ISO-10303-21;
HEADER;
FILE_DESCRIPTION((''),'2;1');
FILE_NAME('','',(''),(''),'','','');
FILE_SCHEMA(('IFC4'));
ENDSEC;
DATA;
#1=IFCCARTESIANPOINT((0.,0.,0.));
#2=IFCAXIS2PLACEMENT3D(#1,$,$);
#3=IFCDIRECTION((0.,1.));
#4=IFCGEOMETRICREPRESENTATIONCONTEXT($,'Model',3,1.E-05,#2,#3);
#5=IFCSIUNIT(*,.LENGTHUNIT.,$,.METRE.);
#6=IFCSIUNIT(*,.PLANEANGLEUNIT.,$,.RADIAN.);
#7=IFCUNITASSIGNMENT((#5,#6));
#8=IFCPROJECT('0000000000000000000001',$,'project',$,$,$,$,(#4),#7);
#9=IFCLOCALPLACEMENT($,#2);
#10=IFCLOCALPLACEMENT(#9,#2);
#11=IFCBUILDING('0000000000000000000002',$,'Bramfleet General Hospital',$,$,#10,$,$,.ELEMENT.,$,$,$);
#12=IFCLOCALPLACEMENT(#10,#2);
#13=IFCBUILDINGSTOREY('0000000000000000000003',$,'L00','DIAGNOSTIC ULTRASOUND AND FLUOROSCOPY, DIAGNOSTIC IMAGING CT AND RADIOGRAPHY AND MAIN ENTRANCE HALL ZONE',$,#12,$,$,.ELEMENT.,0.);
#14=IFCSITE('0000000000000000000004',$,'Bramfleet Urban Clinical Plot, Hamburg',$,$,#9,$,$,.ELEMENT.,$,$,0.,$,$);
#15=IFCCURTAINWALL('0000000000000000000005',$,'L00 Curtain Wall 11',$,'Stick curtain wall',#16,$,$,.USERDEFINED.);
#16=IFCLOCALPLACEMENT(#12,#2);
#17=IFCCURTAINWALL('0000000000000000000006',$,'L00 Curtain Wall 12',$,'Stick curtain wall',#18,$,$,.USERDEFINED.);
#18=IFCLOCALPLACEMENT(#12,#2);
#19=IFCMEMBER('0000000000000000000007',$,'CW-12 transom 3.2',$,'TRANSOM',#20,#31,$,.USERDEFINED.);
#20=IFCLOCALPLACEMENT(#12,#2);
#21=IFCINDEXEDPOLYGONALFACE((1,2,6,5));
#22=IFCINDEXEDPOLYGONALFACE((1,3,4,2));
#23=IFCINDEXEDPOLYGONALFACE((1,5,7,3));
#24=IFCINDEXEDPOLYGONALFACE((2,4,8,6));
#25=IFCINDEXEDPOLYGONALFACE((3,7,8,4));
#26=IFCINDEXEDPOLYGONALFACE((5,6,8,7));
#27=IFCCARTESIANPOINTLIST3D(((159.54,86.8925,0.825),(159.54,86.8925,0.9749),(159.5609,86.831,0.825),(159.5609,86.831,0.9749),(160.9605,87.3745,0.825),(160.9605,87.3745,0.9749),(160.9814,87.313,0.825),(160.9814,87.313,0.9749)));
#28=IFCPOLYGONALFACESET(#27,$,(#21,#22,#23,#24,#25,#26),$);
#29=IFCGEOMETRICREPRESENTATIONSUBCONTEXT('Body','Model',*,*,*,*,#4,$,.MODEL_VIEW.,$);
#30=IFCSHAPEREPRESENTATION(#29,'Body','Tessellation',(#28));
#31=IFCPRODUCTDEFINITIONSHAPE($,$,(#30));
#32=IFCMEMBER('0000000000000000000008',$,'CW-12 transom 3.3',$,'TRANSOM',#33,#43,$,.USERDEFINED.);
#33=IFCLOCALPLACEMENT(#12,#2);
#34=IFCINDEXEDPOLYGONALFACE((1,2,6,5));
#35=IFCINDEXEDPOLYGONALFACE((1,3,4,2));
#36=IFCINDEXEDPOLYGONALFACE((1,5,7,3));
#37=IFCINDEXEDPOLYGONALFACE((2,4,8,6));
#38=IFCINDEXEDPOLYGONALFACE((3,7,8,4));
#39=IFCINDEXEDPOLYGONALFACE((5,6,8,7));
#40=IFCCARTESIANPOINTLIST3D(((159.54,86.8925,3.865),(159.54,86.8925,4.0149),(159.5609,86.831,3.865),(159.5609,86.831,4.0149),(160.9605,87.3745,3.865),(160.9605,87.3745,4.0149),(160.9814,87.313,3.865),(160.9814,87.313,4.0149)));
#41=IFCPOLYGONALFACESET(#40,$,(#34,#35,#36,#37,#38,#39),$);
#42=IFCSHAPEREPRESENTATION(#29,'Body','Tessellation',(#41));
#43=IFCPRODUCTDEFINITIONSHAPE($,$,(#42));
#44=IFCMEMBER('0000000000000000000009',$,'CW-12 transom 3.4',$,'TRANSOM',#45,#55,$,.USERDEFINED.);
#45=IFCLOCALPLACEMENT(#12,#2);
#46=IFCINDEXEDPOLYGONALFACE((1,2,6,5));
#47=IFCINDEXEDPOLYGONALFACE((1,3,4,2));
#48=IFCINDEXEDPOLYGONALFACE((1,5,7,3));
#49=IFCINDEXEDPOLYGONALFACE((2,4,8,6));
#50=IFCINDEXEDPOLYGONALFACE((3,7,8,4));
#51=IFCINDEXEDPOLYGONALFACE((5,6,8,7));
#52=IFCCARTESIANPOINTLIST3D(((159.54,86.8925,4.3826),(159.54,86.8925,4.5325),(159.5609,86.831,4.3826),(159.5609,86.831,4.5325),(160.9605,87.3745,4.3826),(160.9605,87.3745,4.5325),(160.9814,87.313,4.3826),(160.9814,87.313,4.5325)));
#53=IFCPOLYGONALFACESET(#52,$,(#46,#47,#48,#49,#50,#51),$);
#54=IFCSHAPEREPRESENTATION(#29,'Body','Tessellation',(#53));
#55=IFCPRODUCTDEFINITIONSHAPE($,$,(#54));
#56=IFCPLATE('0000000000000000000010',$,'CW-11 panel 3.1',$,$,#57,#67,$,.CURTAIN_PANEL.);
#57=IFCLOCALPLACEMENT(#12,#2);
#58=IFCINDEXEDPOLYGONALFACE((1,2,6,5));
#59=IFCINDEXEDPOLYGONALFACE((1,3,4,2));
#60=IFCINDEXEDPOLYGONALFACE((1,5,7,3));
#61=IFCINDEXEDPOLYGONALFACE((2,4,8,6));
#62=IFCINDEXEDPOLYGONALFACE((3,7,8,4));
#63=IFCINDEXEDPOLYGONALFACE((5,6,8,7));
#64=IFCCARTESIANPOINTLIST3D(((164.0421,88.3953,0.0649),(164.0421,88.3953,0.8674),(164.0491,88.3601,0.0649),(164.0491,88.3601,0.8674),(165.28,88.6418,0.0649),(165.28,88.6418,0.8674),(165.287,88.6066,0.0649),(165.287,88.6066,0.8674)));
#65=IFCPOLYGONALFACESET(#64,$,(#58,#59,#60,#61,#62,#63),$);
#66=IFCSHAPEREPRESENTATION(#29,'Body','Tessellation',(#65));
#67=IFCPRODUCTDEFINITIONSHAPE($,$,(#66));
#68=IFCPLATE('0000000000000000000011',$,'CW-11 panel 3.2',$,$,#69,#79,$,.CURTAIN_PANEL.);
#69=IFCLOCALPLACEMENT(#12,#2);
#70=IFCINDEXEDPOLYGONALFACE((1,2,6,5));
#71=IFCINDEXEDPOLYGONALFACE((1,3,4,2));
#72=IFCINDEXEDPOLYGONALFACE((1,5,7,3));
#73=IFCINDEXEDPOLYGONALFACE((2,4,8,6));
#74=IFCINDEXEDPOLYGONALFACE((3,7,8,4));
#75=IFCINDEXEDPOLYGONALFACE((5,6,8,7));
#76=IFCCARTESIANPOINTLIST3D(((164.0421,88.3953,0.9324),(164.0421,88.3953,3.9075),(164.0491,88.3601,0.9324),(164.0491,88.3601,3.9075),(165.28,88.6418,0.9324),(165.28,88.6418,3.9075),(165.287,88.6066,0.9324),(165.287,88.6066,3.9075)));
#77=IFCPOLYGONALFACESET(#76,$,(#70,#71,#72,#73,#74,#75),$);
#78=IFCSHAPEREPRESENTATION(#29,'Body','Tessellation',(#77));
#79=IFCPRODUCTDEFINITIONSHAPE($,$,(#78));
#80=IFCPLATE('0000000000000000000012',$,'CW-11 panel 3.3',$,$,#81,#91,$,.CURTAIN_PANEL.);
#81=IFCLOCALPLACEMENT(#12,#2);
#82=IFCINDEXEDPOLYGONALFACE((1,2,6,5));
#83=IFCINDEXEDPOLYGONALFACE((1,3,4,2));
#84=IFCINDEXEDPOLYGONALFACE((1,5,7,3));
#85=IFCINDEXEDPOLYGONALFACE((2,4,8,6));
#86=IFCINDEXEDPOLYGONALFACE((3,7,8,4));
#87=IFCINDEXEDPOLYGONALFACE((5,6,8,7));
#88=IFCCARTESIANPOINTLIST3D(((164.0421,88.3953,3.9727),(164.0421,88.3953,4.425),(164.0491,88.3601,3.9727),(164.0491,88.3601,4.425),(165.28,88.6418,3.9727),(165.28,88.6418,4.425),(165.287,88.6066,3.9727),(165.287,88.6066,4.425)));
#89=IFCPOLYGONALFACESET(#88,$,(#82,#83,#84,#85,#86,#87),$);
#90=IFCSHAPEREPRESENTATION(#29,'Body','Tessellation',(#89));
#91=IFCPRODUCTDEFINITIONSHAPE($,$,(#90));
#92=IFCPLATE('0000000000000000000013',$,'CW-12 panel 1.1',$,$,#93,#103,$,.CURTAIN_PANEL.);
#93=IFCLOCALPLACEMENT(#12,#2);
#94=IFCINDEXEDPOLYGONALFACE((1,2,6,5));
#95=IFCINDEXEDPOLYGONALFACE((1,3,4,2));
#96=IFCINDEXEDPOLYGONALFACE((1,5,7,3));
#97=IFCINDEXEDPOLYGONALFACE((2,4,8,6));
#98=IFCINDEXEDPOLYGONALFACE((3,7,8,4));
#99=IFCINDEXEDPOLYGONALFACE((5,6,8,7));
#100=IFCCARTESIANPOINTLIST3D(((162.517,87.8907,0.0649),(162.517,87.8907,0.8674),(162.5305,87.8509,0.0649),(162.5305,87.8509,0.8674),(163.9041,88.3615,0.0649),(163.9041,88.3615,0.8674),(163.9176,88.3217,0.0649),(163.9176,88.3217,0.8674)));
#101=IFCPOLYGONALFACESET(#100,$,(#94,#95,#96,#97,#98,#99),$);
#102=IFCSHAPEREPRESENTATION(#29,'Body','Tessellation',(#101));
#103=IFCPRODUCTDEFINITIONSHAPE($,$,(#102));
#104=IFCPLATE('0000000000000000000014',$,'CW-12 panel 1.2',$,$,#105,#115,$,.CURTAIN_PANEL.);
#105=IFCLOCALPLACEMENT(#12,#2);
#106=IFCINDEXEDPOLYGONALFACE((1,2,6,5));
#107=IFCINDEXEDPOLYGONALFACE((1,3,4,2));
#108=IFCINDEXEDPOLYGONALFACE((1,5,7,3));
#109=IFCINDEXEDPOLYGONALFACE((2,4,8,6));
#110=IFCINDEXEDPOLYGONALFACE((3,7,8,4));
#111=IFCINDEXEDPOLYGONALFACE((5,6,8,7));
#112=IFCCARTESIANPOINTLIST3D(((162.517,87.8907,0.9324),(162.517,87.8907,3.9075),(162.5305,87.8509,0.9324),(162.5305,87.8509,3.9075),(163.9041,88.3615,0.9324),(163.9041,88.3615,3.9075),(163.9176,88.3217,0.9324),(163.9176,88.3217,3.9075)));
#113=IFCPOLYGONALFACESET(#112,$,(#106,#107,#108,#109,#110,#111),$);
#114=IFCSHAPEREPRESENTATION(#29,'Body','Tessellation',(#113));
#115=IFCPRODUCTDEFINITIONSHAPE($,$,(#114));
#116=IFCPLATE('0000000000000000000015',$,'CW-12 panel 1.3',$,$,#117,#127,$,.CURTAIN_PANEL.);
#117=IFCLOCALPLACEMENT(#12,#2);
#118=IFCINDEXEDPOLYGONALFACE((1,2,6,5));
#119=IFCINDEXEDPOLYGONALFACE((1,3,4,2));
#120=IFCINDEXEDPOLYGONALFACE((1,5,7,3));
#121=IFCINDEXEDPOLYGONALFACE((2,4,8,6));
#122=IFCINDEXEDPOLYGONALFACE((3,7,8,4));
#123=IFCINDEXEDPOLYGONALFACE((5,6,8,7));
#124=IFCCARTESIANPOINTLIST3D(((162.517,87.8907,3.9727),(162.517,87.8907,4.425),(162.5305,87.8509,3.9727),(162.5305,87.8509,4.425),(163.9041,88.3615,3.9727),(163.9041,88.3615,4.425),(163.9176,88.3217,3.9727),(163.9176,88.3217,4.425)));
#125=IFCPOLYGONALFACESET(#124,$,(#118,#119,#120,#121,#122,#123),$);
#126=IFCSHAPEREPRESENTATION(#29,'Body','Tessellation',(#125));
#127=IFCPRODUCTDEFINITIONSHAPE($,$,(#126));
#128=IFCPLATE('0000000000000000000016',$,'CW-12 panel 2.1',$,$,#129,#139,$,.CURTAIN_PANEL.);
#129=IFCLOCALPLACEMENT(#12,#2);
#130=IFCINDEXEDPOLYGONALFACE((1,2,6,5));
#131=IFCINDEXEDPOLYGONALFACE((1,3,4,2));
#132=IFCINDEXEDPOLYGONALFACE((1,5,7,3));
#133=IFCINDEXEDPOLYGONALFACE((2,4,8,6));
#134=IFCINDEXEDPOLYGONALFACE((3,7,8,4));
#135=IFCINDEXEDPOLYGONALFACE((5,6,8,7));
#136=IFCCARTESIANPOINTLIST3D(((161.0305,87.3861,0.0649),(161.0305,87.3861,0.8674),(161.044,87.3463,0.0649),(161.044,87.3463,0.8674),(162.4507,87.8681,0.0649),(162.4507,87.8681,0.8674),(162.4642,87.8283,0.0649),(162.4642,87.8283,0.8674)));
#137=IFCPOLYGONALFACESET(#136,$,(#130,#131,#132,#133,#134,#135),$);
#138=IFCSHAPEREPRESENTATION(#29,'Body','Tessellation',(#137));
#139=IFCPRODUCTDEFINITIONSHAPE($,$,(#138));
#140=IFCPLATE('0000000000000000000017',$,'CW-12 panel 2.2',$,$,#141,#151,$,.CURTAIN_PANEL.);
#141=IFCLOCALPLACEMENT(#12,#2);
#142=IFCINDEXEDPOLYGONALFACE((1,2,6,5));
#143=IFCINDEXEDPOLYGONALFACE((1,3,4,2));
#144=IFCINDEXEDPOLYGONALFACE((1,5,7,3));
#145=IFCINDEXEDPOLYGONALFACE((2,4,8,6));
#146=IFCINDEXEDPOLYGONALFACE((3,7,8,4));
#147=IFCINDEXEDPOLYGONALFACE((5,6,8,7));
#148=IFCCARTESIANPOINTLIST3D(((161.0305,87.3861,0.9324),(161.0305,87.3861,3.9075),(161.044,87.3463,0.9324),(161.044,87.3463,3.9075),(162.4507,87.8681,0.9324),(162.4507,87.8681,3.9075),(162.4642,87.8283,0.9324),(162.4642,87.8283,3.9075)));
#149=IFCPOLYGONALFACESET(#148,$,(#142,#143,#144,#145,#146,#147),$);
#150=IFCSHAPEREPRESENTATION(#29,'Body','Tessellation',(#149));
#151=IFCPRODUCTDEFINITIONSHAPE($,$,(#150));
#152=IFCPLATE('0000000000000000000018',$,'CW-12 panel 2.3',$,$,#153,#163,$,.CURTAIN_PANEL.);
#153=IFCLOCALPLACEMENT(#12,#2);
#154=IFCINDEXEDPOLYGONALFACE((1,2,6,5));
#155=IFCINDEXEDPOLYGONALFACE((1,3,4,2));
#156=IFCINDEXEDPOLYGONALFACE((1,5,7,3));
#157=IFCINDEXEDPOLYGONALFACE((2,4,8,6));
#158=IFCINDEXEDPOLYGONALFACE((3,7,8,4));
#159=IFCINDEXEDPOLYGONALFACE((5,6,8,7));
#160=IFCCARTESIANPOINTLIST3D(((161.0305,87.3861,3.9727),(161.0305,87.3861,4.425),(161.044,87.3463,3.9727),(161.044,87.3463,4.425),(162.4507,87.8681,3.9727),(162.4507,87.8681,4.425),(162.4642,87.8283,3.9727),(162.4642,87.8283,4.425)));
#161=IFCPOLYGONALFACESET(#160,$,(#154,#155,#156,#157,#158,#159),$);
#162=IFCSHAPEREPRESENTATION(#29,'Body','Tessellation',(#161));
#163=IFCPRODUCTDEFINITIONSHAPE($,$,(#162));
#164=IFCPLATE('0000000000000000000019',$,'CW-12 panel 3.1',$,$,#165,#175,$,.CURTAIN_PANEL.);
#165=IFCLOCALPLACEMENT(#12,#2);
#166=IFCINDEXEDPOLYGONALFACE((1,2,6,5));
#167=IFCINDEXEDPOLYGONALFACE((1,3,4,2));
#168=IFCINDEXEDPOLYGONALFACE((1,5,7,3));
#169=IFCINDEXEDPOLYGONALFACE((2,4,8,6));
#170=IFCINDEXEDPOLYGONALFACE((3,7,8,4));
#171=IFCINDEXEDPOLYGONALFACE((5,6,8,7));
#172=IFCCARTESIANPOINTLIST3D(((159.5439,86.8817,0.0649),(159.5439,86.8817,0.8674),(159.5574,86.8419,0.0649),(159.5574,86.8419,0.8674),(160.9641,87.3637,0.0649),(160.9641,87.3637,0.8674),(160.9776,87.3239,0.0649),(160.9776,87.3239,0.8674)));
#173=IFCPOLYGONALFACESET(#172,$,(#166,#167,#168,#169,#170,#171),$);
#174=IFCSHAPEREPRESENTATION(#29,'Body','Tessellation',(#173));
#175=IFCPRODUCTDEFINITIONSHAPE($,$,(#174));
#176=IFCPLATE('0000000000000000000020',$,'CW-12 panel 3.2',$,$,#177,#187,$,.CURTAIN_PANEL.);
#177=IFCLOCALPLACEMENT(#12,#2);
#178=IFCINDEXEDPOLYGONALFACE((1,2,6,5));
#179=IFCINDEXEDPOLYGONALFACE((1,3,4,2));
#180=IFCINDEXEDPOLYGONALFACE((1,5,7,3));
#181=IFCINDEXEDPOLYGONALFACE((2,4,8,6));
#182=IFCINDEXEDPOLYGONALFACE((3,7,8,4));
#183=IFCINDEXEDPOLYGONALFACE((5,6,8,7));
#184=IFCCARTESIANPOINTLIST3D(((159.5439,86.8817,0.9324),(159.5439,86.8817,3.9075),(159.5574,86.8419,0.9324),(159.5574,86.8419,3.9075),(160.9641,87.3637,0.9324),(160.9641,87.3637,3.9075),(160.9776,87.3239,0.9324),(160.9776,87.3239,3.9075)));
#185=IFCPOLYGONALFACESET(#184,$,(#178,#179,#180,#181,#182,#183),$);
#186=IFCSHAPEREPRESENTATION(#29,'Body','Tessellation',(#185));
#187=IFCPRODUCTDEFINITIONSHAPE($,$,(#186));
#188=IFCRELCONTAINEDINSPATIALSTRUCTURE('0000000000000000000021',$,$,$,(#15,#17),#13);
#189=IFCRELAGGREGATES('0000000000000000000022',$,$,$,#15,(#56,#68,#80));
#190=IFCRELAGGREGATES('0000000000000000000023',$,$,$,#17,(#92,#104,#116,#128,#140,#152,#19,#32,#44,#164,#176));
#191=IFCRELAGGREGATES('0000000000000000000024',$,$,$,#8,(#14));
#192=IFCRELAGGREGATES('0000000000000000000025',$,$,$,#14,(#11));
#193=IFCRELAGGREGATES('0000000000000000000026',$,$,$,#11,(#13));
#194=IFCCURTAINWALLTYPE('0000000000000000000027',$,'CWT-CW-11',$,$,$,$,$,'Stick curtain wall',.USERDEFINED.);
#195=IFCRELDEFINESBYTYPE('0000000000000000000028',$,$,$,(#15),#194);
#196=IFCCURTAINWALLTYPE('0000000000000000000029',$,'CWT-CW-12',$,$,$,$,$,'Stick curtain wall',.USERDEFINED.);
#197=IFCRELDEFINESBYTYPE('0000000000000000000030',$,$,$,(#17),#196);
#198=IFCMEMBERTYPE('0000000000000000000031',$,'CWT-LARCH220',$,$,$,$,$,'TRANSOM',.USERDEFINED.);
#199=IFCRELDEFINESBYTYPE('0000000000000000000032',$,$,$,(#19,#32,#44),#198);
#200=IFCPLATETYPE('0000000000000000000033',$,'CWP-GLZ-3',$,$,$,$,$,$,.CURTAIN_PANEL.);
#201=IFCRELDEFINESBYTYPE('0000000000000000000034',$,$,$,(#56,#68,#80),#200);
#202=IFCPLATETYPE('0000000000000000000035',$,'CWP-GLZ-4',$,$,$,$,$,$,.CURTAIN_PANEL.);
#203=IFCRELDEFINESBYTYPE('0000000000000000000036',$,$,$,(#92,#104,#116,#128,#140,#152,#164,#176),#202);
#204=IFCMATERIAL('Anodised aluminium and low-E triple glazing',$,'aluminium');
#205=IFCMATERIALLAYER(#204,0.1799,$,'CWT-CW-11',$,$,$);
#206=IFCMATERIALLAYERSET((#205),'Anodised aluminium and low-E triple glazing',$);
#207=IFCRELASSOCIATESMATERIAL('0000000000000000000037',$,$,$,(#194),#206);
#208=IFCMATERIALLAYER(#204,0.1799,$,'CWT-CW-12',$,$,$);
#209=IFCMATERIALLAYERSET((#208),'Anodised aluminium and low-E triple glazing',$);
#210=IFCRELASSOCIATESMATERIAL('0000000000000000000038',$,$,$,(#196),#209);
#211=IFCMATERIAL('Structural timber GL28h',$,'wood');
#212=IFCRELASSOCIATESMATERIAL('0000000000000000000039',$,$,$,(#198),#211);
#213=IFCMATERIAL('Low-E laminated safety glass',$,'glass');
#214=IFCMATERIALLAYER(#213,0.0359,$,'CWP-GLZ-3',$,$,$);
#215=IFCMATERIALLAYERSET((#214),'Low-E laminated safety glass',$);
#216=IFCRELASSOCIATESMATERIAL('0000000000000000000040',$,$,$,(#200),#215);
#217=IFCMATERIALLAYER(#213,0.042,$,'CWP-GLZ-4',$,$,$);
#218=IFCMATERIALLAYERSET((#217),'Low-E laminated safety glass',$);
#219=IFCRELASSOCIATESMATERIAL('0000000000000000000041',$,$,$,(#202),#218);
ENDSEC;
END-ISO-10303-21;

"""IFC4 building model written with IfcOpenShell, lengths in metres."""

from ifc_helpers import new_model, si_unit, direction, frame, origin, origin_2d, place, context, subcontext, project, spatial, rectangle, extrude, material, layer, layer_set, material_profile, profile_set, type_object, element, aggregate, save


model = new_model("IFC4")

# Units and contexts
model_context = context("Model", 3, precision=1e-05, world=origin(), true_north=direction((0.0, 1.0)))
body_context = subcontext(model_context, "Body", "Model", "MODEL_VIEW")
ifc_project = project(units=[si_unit("LENGTHUNIT", "METRE"), si_unit("PLANEANGLEUNIT", "RADIAN")], contexts=[model_context])

# Site, building, storey
site_placement = place(None, origin())
site = spatial("IfcSite", under=ifc_project, at=site_placement, Name="Bramfleet Urban Clinical Plot, Hamburg", CompositionType="ELEMENT", RefElevation=0.0)
building_placement = place(site_placement, origin())
building = spatial("IfcBuilding", under=site, at=building_placement, Name="Bramfleet General Hospital", CompositionType="ELEMENT")
storey_placement = place(building_placement, origin())
storey = spatial("IfcBuildingStorey", under=building, at=storey_placement, Name="L00", Description="DIAGNOSTIC ULTRASOUND AND FLUOROSCOPY, DIAGNOSTIC IMAGING CT AND RADIOGRAPHY AND MAIN ENTRANCE HALL ZONE", CompositionType="ELEMENT", Elevation=0.0)

# Curtain wall
ifc_material_1 = material(Name="Anodised aluminium and low-E triple glazing", Category="aluminium")
ifc_layer_1 = layer(ifc_material_1, 0.1799, Name="CWT-CW-11")
ifc_layer_set_1 = layer_set([ifc_layer_1], Name="Anodised aluminium and low-E triple glazing")
curtain_wall_type_1 = type_object("IfcCurtainWallType", Name="CWT-CW-11", ElementType="Stick curtain wall", PredefinedType="USERDEFINED", material=ifc_layer_set_1)
curtain_wall_1_placement = place(storey_placement, origin())
curtain_wall_1 = element("IfcCurtainWall", 1, at=curtain_wall_1_placement, inside=storey, type_object=curtain_wall_type_1, Name="L00 Curtain Wall 11", ObjectType="Stick curtain wall", PredefinedType="USERDEFINED")
ifc_material_2 = material(Name="Structural timber GL28h", Category="wood")

# Curtain wall, members
ifc_layer_2 = layer(ifc_material_1, 0.1799, Name="CWT-CW-12")
ifc_layer_set_2 = layer_set([ifc_layer_2], Name="Anodised aluminium and low-E triple glazing")
curtain_wall_type_2 = type_object("IfcCurtainWallType", Name="CWT-CW-12", ElementType="Stick curtain wall", PredefinedType="USERDEFINED", material=ifc_layer_set_2)
curtain_wall_2_placement = place(storey_placement, origin())
curtain_wall_2 = element("IfcCurtainWall", 2, at=curtain_wall_2_placement, inside=storey, type_object=curtain_wall_type_2, Name="L00 Curtain Wall 12", ObjectType="Stick curtain wall", PredefinedType="USERDEFINED")
ifc_material_profile_1 = material_profile(ifc_material_2, rectangle(XDim=0.0649, YDim=0.1499, at=origin_2d()), Name="LARCH 150x65")
ifc_profile_set_1 = profile_set([ifc_material_profile_1], Name="Structural timber GL28h")
member_type_1 = type_object("IfcMemberType", Name="CWT-LARCH220", ElementType="TRANSOM", PredefinedType="USERDEFINED", material=ifc_profile_set_1)
member_1_placement = place(storey_placement, frame((160.9709, 87.3438, 0.8999), z_axis=(-0.946977, -0.321302, 0.0), x_axis=(0.321302, -0.946977, 0.0)))
member_1 = element("IfcMember", 3, at=member_1_placement, type_object=member_type_1, Name="CW-12 transom 3.2", ObjectType="TRANSOM", PredefinedType="USERDEFINED", context=body_context, shape_type="SweptSolid", body=[
    extrude(rectangle(XDim=0.0649, YDim=0.1499, at=origin_2d()), origin(), (0.0, 0.0, 1.0), 1.5),
])
member_2_placement = place(storey_placement, frame((160.9709, 87.3438, 3.9399), z_axis=(-0.946977, -0.321302, 0.0), x_axis=(0.321302, -0.946977, 0.0)))
member_2 = element("IfcMember", 4, at=member_2_placement, type_object=member_type_1, Name="CW-12 transom 3.3", ObjectType="TRANSOM", PredefinedType="USERDEFINED", context=body_context, shape_type="SweptSolid", body=[
    extrude(rectangle(XDim=0.0649, YDim=0.1499, at=origin_2d()), origin(), (0.0, 0.0, 1.0), 1.5),
])
member_3_placement = place(storey_placement, frame((160.9709, 87.3438, 4.4575), z_axis=(-0.946977, -0.321302, 0.0), x_axis=(0.321302, -0.946977, 0.0)))
member_3 = element("IfcMember", 5, at=member_3_placement, type_object=member_type_1, Name="CW-12 transom 3.4", ObjectType="TRANSOM", PredefinedType="USERDEFINED", context=body_context, shape_type="SweptSolid", body=[
    extrude(rectangle(XDim=0.0649, YDim=0.1499, at=origin_2d()), origin(), (0.0, 0.0, 1.0), 1.5),
])

# Plates
ifc_material_3 = material(Name="Low-E laminated safety glass", Category="glass")
ifc_layer_3 = layer(ifc_material_3, 0.0359, Name="CWP-GLZ-3")
ifc_layer_set_3 = layer_set([ifc_layer_3], Name="Low-E laminated safety glass")
plate_type_1 = type_object("IfcPlateType", Name="CWP-GLZ-3", PredefinedType="CURTAIN_PANEL", material=ifc_layer_set_3)
plate_1_placement = place(storey_placement, frame((164.6646, 88.501, 0.0649), z_axis=(0.0, 0.0, 1.0), x_axis=(-0.980749, -0.195272, 0.0)))
plate_1 = element("IfcPlate", 6, at=plate_1_placement, type_object=plate_type_1, Name="CW-11 panel 3.1", PredefinedType="CURTAIN_PANEL", context=body_context, shape_type="SweptSolid", body=[
    extrude(rectangle(XDim=1.2622, YDim=0.0359, at=origin_2d()), origin(), (0.0, 0.0, 1.0), 0.8025),
])
plate_2_placement = place(storey_placement, frame((164.6646, 88.501, 0.9324), z_axis=(0.0, 0.0, 1.0), x_axis=(-0.980749, -0.195272, 0.0)))
plate_2 = element("IfcPlate", 7, at=plate_2_placement, type_object=plate_type_1, Name="CW-11 panel 3.2", PredefinedType="CURTAIN_PANEL", context=body_context, shape_type="SweptSolid", body=[
    extrude(rectangle(XDim=1.2622, YDim=0.0359, at=origin_2d()), origin(), (0.0, 0.0, 1.0), 2.9751),
])
plate_3_placement = place(storey_placement, frame((164.6646, 88.501, 3.9727), z_axis=(0.0, 0.0, 1.0), x_axis=(-0.980749, -0.195272, 0.0)))
plate_3 = element("IfcPlate", 8, at=plate_3_placement, type_object=plate_type_1, Name="CW-11 panel 3.3", PredefinedType="CURTAIN_PANEL", context=body_context, shape_type="SweptSolid", body=[
    extrude(rectangle(XDim=1.2622, YDim=0.0359, at=origin_2d()), origin(), (0.0, 0.0, 1.0), 0.4524),
])
aggregate(curtain_wall_1, [plate_1, plate_2, plate_3])
ifc_layer_4 = layer(ifc_material_3, 0.042, Name="CWP-GLZ-4")
ifc_layer_set_4 = layer_set([ifc_layer_4], Name="Low-E laminated safety glass")
plate_type_2 = type_object("IfcPlateType", Name="CWP-GLZ-4", PredefinedType="CURTAIN_PANEL", material=ifc_layer_set_4)
plate_4_placement = place(storey_placement, frame((163.2173, 88.1062, 0.0649), z_axis=(0.0, 0.0, 1.0), x_axis=(-0.946949, -0.321383, 0.0)))
plate_4 = element("IfcPlate", 9, at=plate_4_placement, type_object=plate_type_2, Name="CW-12 panel 1.1", PredefinedType="CURTAIN_PANEL", context=body_context, shape_type="SweptSolid", body=[
    extrude(rectangle(XDim=1.4648, YDim=0.042, at=origin_2d()), origin(), (0.0, 0.0, 1.0), 0.8025),
])
plate_5_placement = place(storey_placement, frame((163.2173, 88.1062, 0.9324), z_axis=(0.0, 0.0, 1.0), x_axis=(-0.946949, -0.321383, 0.0)))
plate_5 = element("IfcPlate", 10, at=plate_5_placement, type_object=plate_type_2, Name="CW-12 panel 1.2", PredefinedType="CURTAIN_PANEL", context=body_context, shape_type="SweptSolid", body=[
    extrude(rectangle(XDim=1.4648, YDim=0.042, at=origin_2d()), origin(), (0.0, 0.0, 1.0), 2.9751),
])
plate_6_placement = place(storey_placement, frame((163.2173, 88.1062, 3.9727), z_axis=(0.0, 0.0, 1.0), x_axis=(-0.946949, -0.321383, 0.0)))
plate_6 = element("IfcPlate", 11, at=plate_6_placement, type_object=plate_type_2, Name="CW-12 panel 1.3", PredefinedType="CURTAIN_PANEL", context=body_context, shape_type="SweptSolid", body=[
    extrude(rectangle(XDim=1.4648, YDim=0.042, at=origin_2d()), origin(), (0.0, 0.0, 1.0), 0.4524),
])
plate_7_placement = place(storey_placement, frame((161.7473, 87.6072, 0.0649), z_axis=(0.0, 0.0, 1.0), x_axis=(-0.946949, -0.321383, 0.0)))
plate_7 = element("IfcPlate", 12, at=plate_7_placement, type_object=plate_type_2, Name="CW-12 panel 2.1", PredefinedType="CURTAIN_PANEL", context=body_context, shape_type="SweptSolid", body=[
    extrude(rectangle(XDim=1.4998, YDim=0.042, at=origin_2d()), origin(), (0.0, 0.0, 1.0), 0.8025),
])
plate_8_placement = place(storey_placement, frame((161.7473, 87.6072, 0.9324), z_axis=(0.0, 0.0, 1.0), x_axis=(-0.946949, -0.321383, 0.0)))
plate_8 = element("IfcPlate", 13, at=plate_8_placement, type_object=plate_type_2, Name="CW-12 panel 2.2", PredefinedType="CURTAIN_PANEL", context=body_context, shape_type="SweptSolid", body=[
    extrude(rectangle(XDim=1.4998, YDim=0.042, at=origin_2d()), origin(), (0.0, 0.0, 1.0), 2.9751),
])
plate_9_placement = place(storey_placement, frame((161.7473, 87.6072, 3.9727), z_axis=(0.0, 0.0, 1.0), x_axis=(-0.946949, -0.321383, 0.0)))
plate_9 = element("IfcPlate", 14, at=plate_9_placement, type_object=plate_type_2, Name="CW-12 panel 2.3", PredefinedType="CURTAIN_PANEL", context=body_context, shape_type="SweptSolid", body=[
    extrude(rectangle(XDim=1.4998, YDim=0.042, at=origin_2d()), origin(), (0.0, 0.0, 1.0), 0.4524),
])
plate_10_placement = place(storey_placement, frame((160.2607, 87.1028, 0.0649), z_axis=(0.0, 0.0, 1.0), x_axis=(-0.946949, -0.321383, 0.0)))
plate_10 = element("IfcPlate", 15, at=plate_10_placement, type_object=plate_type_2, Name="CW-12 panel 3.1", PredefinedType="CURTAIN_PANEL", context=body_context, shape_type="SweptSolid", body=[
    extrude(rectangle(XDim=1.4998, YDim=0.042, at=origin_2d()), origin(), (0.0, 0.0, 1.0), 0.8025),
])
plate_11_placement = place(storey_placement, frame((160.2607, 87.1028, 0.9324), z_axis=(0.0, 0.0, 1.0), x_axis=(-0.946949, -0.321383, 0.0)))
plate_11 = element("IfcPlate", 16, at=plate_11_placement, type_object=plate_type_2, Name="CW-12 panel 3.2", PredefinedType="CURTAIN_PANEL", context=body_context, shape_type="SweptSolid", body=[
    extrude(rectangle(XDim=1.4998, YDim=0.042, at=origin_2d()), origin(), (0.0, 0.0, 1.0), 2.9751),
])
aggregate(curtain_wall_2, [plate_4, plate_5, plate_6, plate_7, plate_8, plate_9, member_1, member_2, member_3, plate_10, plate_11])

save(model, "model.ifc")
